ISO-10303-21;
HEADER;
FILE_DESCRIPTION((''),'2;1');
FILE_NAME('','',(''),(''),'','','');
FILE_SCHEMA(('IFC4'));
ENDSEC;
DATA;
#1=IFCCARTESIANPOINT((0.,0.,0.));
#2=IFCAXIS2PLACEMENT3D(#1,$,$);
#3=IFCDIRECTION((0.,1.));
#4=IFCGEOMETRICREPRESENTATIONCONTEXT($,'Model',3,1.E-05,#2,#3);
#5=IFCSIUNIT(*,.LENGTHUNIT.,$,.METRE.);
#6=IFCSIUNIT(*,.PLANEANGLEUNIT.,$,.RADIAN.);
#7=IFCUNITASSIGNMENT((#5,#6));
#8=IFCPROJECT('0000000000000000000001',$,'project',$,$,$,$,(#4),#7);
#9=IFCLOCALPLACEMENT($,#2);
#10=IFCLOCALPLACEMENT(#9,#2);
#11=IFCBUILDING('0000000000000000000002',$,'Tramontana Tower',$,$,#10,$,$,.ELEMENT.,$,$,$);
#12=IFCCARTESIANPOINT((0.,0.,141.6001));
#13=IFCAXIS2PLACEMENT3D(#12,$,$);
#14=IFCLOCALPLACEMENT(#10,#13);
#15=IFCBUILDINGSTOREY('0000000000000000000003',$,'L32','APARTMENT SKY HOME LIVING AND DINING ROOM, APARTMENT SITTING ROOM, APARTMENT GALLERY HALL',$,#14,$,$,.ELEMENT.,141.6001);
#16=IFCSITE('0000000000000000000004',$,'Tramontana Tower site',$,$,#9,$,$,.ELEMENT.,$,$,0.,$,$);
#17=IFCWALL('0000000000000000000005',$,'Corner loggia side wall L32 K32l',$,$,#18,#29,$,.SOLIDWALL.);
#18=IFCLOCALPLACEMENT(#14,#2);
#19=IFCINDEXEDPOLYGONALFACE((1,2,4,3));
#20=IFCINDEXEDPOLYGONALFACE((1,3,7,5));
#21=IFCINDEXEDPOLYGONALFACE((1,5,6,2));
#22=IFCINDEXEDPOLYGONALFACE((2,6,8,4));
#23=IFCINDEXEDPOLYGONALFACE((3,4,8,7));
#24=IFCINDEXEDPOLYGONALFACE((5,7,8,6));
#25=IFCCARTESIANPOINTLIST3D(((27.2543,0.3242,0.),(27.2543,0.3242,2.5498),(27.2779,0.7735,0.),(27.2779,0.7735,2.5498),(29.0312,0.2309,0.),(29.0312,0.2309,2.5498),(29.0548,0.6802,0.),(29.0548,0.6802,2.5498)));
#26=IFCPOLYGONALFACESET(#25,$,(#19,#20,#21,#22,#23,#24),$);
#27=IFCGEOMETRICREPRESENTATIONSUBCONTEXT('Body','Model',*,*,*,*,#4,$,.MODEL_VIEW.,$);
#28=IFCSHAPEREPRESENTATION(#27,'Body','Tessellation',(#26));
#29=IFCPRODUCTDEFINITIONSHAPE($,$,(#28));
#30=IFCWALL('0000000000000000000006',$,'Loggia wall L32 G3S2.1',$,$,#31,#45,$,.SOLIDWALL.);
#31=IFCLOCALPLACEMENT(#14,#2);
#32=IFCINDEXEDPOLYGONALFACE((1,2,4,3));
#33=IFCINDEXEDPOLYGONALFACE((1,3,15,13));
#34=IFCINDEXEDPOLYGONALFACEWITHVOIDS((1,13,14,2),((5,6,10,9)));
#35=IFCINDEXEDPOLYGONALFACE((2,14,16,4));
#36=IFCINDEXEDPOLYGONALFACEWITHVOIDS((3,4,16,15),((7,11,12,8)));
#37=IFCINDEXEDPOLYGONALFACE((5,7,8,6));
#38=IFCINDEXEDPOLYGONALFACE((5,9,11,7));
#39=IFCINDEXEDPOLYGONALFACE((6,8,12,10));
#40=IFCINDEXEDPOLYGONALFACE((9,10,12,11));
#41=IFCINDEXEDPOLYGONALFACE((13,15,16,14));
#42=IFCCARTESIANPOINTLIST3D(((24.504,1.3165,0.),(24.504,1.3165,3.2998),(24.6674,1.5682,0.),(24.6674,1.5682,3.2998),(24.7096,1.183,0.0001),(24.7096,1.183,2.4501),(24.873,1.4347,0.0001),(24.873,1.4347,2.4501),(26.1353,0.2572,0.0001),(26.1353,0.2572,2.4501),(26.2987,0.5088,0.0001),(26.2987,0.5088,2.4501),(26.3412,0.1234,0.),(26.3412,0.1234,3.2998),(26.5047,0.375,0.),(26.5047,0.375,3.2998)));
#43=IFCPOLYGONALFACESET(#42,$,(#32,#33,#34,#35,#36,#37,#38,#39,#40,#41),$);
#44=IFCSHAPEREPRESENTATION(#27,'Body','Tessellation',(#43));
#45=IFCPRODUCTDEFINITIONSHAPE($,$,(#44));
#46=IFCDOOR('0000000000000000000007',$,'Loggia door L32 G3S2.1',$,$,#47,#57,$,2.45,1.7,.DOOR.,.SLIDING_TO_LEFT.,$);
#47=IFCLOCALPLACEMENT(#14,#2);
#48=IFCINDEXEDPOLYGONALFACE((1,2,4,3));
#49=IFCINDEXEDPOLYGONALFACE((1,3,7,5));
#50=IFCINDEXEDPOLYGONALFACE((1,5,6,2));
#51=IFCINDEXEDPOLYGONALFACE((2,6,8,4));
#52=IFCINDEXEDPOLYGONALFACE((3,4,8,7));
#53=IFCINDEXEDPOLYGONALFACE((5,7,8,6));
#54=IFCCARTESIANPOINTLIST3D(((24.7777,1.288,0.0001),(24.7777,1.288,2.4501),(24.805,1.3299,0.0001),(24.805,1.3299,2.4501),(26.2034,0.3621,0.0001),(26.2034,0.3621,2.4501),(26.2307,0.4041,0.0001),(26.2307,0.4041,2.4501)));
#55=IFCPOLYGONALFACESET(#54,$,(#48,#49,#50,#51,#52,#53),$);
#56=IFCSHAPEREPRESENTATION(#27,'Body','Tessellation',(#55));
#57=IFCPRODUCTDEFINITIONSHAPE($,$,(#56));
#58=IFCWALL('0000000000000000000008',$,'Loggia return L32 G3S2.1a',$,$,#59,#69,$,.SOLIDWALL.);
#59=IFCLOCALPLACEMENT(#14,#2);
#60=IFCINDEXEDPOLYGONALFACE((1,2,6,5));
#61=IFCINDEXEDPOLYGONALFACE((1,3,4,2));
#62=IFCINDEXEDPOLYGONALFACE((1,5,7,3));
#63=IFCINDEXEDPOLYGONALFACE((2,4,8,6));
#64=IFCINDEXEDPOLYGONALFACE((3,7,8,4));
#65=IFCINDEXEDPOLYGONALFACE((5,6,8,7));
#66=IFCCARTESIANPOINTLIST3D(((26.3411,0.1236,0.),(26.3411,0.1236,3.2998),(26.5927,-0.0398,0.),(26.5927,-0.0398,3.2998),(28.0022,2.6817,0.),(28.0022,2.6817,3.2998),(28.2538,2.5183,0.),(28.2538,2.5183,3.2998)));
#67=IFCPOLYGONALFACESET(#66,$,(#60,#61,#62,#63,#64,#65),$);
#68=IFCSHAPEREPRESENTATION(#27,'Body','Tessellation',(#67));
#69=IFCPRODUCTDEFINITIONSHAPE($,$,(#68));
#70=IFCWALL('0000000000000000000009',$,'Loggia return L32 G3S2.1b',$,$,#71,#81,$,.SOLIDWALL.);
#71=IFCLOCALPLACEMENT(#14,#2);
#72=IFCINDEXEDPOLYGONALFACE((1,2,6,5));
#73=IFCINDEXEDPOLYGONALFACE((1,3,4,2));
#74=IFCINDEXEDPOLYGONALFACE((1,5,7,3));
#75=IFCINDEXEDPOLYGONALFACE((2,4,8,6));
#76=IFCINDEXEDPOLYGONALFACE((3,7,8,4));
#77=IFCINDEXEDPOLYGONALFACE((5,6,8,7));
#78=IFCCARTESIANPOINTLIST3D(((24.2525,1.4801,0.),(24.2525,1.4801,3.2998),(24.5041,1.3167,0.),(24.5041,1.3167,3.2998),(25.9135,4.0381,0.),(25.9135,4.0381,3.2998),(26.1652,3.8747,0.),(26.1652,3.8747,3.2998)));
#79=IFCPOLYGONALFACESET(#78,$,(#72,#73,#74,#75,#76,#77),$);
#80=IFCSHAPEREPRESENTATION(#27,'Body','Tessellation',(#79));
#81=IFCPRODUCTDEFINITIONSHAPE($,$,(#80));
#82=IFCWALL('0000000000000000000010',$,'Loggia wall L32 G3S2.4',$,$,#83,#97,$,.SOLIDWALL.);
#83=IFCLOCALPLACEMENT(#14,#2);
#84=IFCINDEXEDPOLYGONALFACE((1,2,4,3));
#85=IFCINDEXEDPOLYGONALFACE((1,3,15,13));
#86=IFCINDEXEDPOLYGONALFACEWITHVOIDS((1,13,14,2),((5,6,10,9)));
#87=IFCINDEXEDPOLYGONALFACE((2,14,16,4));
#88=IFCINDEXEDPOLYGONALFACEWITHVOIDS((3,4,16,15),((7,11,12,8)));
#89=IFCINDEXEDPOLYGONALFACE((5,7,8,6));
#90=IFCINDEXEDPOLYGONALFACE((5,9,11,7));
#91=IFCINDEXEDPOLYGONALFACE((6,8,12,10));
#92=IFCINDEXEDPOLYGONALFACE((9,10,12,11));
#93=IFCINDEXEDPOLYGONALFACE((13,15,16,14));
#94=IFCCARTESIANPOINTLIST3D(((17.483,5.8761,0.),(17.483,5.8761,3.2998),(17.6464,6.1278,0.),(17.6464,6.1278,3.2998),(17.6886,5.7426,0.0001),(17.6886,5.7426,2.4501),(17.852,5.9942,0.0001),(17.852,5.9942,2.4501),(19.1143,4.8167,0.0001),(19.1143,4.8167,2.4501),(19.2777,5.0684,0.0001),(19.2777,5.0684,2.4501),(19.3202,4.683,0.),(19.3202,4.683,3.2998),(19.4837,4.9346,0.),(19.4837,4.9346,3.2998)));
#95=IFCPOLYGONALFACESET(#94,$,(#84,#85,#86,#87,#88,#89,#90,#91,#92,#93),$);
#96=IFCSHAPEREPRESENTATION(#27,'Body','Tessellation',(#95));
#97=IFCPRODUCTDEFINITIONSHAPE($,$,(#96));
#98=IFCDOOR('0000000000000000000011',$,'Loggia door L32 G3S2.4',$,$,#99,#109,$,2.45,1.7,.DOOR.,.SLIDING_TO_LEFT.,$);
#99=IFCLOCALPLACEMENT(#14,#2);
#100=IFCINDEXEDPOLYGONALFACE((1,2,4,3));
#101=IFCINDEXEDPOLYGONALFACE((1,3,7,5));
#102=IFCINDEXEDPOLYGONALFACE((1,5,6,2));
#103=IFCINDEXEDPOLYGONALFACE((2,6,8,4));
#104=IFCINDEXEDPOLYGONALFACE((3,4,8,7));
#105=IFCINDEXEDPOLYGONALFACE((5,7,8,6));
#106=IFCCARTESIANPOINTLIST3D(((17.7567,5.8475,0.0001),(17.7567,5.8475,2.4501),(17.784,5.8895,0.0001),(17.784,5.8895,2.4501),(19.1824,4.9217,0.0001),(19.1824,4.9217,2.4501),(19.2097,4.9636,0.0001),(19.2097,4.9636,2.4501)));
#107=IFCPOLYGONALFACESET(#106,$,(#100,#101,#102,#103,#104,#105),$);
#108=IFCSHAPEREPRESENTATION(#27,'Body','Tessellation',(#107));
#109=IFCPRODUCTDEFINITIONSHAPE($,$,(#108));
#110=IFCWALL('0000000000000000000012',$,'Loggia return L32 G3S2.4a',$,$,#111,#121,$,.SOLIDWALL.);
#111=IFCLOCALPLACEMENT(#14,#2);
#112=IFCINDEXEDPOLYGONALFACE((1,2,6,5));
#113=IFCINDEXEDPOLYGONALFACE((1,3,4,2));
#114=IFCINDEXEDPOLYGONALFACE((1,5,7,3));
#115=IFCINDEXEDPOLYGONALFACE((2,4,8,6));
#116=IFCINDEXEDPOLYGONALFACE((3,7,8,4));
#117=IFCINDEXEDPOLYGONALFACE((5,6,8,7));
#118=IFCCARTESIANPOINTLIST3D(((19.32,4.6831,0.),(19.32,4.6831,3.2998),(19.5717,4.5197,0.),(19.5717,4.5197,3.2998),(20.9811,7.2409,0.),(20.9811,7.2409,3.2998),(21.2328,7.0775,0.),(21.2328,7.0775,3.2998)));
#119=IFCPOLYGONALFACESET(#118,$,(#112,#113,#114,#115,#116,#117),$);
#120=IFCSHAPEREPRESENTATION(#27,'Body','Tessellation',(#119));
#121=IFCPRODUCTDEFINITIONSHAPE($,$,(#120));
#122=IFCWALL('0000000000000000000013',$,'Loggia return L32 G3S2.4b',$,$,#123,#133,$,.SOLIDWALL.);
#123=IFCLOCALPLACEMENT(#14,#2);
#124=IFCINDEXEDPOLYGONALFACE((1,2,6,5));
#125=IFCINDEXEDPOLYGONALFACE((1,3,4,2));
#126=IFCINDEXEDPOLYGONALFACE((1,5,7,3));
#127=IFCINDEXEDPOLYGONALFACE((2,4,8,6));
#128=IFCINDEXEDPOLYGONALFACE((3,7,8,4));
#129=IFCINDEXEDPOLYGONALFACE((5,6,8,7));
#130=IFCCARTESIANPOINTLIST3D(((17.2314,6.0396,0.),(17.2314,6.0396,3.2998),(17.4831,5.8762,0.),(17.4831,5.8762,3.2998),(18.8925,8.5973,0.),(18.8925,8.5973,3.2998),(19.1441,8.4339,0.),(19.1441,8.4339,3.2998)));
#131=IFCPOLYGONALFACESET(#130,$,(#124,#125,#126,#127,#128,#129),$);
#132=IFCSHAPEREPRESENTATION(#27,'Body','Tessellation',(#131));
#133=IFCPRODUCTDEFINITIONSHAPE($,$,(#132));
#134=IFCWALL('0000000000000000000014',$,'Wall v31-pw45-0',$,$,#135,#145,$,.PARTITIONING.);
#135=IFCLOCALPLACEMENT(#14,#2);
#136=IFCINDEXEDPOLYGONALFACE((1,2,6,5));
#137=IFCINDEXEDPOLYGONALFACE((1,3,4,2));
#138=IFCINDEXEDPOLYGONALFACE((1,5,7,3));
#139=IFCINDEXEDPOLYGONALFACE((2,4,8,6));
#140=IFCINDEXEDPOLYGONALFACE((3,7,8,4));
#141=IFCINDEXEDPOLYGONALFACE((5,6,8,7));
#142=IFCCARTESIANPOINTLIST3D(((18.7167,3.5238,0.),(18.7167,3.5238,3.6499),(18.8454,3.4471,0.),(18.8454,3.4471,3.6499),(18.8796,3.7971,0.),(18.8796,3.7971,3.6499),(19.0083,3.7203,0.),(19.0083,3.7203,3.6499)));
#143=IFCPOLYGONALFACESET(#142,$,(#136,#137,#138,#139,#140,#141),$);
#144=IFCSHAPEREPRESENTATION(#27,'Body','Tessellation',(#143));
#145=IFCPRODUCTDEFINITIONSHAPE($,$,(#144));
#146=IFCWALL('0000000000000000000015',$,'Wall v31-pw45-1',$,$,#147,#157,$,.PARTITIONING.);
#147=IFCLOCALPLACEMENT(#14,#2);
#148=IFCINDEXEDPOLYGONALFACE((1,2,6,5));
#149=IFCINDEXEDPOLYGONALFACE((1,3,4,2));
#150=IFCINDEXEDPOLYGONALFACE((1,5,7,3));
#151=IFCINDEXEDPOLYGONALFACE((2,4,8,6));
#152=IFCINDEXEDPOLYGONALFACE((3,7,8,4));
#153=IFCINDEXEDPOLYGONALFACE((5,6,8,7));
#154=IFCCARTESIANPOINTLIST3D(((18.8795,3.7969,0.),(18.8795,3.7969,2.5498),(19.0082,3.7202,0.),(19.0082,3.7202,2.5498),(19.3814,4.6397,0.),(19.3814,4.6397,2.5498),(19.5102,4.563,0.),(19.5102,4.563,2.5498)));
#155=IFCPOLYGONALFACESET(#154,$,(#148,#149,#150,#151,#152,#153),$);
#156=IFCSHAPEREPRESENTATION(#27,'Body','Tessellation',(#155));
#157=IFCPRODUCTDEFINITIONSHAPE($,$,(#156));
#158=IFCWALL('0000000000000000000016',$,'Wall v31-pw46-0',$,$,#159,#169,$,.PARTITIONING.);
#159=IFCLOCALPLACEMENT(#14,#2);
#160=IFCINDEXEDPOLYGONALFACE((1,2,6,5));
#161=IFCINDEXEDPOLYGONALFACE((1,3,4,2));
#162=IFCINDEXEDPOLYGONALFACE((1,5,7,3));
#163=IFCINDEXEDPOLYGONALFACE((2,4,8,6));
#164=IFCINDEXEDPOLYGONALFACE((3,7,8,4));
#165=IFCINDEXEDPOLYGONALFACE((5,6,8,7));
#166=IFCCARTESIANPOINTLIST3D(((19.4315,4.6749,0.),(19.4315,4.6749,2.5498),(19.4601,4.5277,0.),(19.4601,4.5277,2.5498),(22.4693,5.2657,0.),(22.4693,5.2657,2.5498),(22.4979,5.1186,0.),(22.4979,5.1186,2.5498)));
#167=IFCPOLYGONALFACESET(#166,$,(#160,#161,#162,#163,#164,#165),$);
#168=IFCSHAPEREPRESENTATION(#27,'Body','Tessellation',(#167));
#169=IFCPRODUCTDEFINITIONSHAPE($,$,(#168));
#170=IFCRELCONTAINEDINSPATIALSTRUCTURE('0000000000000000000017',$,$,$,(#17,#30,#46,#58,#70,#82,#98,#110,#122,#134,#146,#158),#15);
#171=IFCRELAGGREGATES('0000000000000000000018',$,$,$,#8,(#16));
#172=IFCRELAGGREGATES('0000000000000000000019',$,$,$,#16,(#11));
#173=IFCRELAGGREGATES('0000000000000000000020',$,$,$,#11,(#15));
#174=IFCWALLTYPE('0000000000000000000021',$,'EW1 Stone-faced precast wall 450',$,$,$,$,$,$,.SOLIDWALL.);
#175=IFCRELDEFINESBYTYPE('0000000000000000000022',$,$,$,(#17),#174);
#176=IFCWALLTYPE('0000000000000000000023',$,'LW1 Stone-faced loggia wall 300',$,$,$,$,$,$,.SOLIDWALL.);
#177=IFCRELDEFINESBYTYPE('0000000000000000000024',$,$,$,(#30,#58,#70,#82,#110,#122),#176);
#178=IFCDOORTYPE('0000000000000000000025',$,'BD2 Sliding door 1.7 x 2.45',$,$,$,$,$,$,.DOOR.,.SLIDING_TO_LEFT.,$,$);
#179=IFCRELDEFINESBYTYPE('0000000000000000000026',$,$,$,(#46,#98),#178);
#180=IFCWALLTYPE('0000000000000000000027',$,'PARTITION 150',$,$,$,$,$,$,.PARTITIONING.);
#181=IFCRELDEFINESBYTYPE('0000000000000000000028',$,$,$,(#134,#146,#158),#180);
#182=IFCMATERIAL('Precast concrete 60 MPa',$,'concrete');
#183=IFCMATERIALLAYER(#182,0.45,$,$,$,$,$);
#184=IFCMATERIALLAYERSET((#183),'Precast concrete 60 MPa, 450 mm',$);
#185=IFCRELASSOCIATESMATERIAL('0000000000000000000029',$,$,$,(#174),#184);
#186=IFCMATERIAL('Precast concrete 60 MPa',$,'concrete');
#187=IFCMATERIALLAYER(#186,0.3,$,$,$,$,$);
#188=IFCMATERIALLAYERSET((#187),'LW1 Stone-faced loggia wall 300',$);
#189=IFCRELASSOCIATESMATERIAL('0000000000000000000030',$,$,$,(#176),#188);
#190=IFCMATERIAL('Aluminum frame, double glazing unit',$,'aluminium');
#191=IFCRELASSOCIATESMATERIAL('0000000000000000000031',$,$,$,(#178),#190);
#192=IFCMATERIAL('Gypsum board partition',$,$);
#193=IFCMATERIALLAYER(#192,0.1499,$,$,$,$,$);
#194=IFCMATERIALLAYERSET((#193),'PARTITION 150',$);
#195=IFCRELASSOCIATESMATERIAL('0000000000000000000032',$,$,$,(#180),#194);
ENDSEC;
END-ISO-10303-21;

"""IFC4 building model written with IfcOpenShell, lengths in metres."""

from ifc_helpers import new_model, si_unit, direction, frame, frame_2d, origin, place, context, subcontext, project, spatial, rectangle, extrude, material, layer, layer_set, type_object, element, fill, save


model = new_model("IFC4")

# Units and contexts
model_context = context("Model", 3, precision=1e-05, world=origin(), true_north=direction((0.0, 1.0)))
body_context = subcontext(model_context, "Body", "Model", "MODEL_VIEW")
ifc_project = project(units=[si_unit("LENGTHUNIT", "METRE"), si_unit("PLANEANGLEUNIT", "RADIAN")], contexts=[model_context])

# Site, building, storey
site_placement = place(None, origin())
site = spatial("IfcSite", under=ifc_project, at=site_placement, Name="Tramontana Tower site", CompositionType="ELEMENT", RefElevation=0.0)
building_placement = place(site_placement, origin())
building = spatial("IfcBuilding", under=site, at=building_placement, Name="Tramontana Tower", CompositionType="ELEMENT")
storey_placement = place(building_placement, frame((0.0, 0.0, 141.6001)))
storey = spatial("IfcBuildingStorey", under=building, at=storey_placement, Name="L32", Description="APARTMENT SKY HOME LIVING AND DINING ROOM, APARTMENT SITTING ROOM, APARTMENT GALLERY HALL", CompositionType="ELEMENT", Elevation=141.6001)

# Shared definitions
ifc_material_1 = material(Name="Precast concrete 60 MPa", Category="concrete")
ifc_layer_1 = layer(ifc_material_1, 0.45)
ifc_layer_set_1 = layer_set([ifc_layer_1], Name="Precast concrete 60 MPa, 450 mm")
wall_type_1 = type_object("IfcWallType", Name="EW1 Stone-faced precast wall 450", PredefinedType="SOLIDWALL", material=ifc_layer_set_1)

# Wall
wall_1_placement = place(storey_placement, frame((29.043, 0.4556, 0.0), z_axis=(0.0, 0.0, 1.0), x_axis=(-0.998625, 0.052415, 0.0)))
element("IfcWall", 1, at=wall_1_placement, inside=storey, type_object=wall_type_1, Name="Corner loggia side wall L32 K32l", PredefinedType="SOLIDWALL", context=body_context, shape_type="SweptSolid", body=[
    extrude(rectangle(XDim=1.7793, YDim=0.45, at=frame_2d((0.8896, 0.0))), origin(), (0.0, 0.0, 1.0), 2.5498),
])

# Wall, opening, door
ifc_material_2 = material(Name="Precast concrete 60 MPa", Category="concrete")
ifc_layer_2 = layer(ifc_material_2, 0.3)
ifc_layer_set_2 = layer_set([ifc_layer_2], Name="LW1 Stone-faced loggia wall 300")
wall_type_2 = type_object("IfcWallType", Name="LW1 Stone-faced loggia wall 300", PredefinedType="SOLIDWALL", material=ifc_layer_set_2)
wall_2_placement = place(storey_placement, frame((26.4229, 0.2493, 0.0), z_axis=(0.0, 0.0, 1.0), x_axis=(-0.83866, 0.544655, 0.0)))
wall_2 = element("IfcWall", 2, at=wall_2_placement, inside=storey, type_object=wall_type_2, Name="Loggia wall L32 G3S2.1", PredefinedType="SOLIDWALL", context=body_context, shape_type="SweptSolid", body=[
    extrude(rectangle(XDim=2.1907, YDim=0.3, at=frame_2d((1.0952, 0.0))), origin(), (0.0, 0.0, 1.0), 3.2998),
])
opening_1_placement = place(wall_2_placement, frame((0.2454, 0.0, 0.0)))
opening_1 = element("IfcOpeningElement", 3, at=opening_1_placement, cuts=wall_2, PredefinedType="OPENING", context=body_context, shape_type="SweptSolid", body=[
    extrude(rectangle(XDim=1.7, YDim=2.45, at=frame_2d((0.8501, 1.2251))), frame((0.0, 0.1599, 0.0), z_axis=(0.0, -1.0, 0.0), x_axis=(1.0, 0.0, 0.0)), (0.0, 0.0, 1.0), 0.3201),
])
ifc_material_3 = material(Name="Aluminum frame, double glazing unit", Category="aluminium")
door_type_1 = type_object("IfcDoorType", Name="BD2 Sliding door 1.7 x 2.45", OperationType="SLIDING_TO_LEFT", PredefinedType="DOOR", material=ifc_material_3)
door_1_placement = place(opening_1_placement, origin())
door_1 = element("IfcDoor", 4, at=door_1_placement, inside=storey, type_object=door_type_1, Name="Loggia door L32 G3S2.1", OperationType="SLIDING_TO_LEFT", OverallHeight=2.45, OverallWidth=1.7, PredefinedType="DOOR", context=body_context, shape_type="SweptSolid", body=[
    extrude(rectangle(XDim=1.7, YDim=2.45, at=frame_2d((0.8501, 1.2251))), frame((0.0, 0.0249, 0.0), z_axis=(0.0, -1.0, 0.0), x_axis=(1.0, 0.0, 0.0)), (0.0, 0.0, 1.0), 0.05),
])
fill(opening_1, door_1)

# Walls
for number, where, z_axis, x_axis, name in (
    (5, (28.1279, 2.5999, 0.0), (0.0, 0.0, 1.0), (-0.544611, -0.838689, 0.0), "Loggia return L32 G3S2.1a"),
    (6, (26.0393, 3.9563, 0.0), (0.0, 0.0, 1.0), (-0.544611, -0.838689, 0.0), "Loggia return L32 G3S2.1b"),
):
    element("IfcWall", number, at=place(storey_placement, frame(where, z_axis=z_axis, x_axis=x_axis)), inside=storey, type_object=wall_type_2, Name=name, PredefinedType="SOLIDWALL", context=body_context, shape_type="SweptSolid", body=[
        extrude(rectangle(XDim=3.05, YDim=0.3, at=frame_2d((1.5249, 0.0))), origin(), (0.0, 0.0, 1.0), 3.2998),
    ])

# Wall, opening, door
wall_3_placement = place(storey_placement, frame((19.4019, 4.8088, 0.0), z_axis=(0.0, 0.0, 1.0), x_axis=(-0.83866, 0.544655, 0.0)))
wall_3 = element("IfcWall", 7, at=wall_3_placement, inside=storey, type_object=wall_type_2, Name="Loggia wall L32 G3S2.4", PredefinedType="SOLIDWALL", context=body_context, shape_type="SweptSolid", body=[
    extrude(rectangle(XDim=2.1907, YDim=0.3, at=frame_2d((1.0952, 0.0))), origin(), (0.0, 0.0, 1.0), 3.2998),
])
opening_2_placement = place(wall_3_placement, frame((0.2454, 0.0, 0.0)))
opening_2 = element("IfcOpeningElement", 8, at=opening_2_placement, cuts=wall_3, PredefinedType="OPENING", context=body_context, shape_type="SweptSolid", body=[
    extrude(rectangle(XDim=1.7, YDim=2.45, at=frame_2d((0.8501, 1.2251))), frame((0.0, 0.1599, 0.0), z_axis=(0.0, -1.0, 0.0), x_axis=(1.0, 0.0, 0.0)), (0.0, 0.0, 1.0), 0.3201),
])
door_2_placement = place(opening_2_placement, origin())
door_2 = element("IfcDoor", 9, at=door_2_placement, inside=storey, type_object=door_type_1, Name="Loggia door L32 G3S2.4", OperationType="SLIDING_TO_LEFT", OverallHeight=2.45, OverallWidth=1.7, PredefinedType="DOOR", context=body_context, shape_type="SweptSolid", body=[
    extrude(rectangle(XDim=1.7, YDim=2.45, at=frame_2d((0.8501, 1.2251))), frame((0.0, 0.0249, 0.0), z_axis=(0.0, -1.0, 0.0), x_axis=(1.0, 0.0, 0.0)), (0.0, 0.0, 1.0), 0.05),
])
fill(opening_2, door_2)

# Walls
for number, where, z_axis, x_axis, name in (
    (10, (21.1069, 7.1592, 0.0), (0.0, 0.0, 1.0), (-0.544648, -0.838665, 0.0), "Loggia return L32 G3S2.4a"),
    (11, (19.0183, 8.5156, 0.0), (0.0, 0.0, 1.0), (-0.544648, -0.838665, 0.0), "Loggia return L32 G3S2.4b"),
):
    element("IfcWall", number, at=place(storey_placement, frame(where, z_axis=z_axis, x_axis=x_axis)), inside=storey, type_object=wall_type_2, Name=name, PredefinedType="SOLIDWALL", context=body_context, shape_type="SweptSolid", body=[
        extrude(rectangle(XDim=3.0498, YDim=0.3, at=frame_2d((1.5249, 0.0))), origin(), (0.0, 0.0, 1.0), 3.2998),
    ])
ifc_material_4 = material(Name="Gypsum board partition")
ifc_layer_3 = layer(ifc_material_4, 0.1499)
ifc_layer_set_3 = layer_set([ifc_layer_3], Name="PARTITION 150")
wall_type_3 = type_object("IfcWallType", Name="PARTITION 150", PredefinedType="PARTITIONING", material=ifc_layer_set_3)
wall_4_placement = place(storey_placement, frame((18.781, 3.4854, 0.0), z_axis=(0.0, 0.0, 1.0), x_axis=(0.51201, 0.858979, 0.0)))
element("IfcWall", 12, at=wall_4_placement, inside=storey, type_object=wall_type_3, Name="Wall v31-pw45-0", PredefinedType="PARTITIONING", context=body_context, shape_type="SweptSolid", body=[
    extrude(rectangle(XDim=0.3181, YDim=0.1499, at=frame_2d((0.1592, 0.0))), origin(), (0.0, 0.0, 1.0), 3.6499),
])
wall_5_placement = place(storey_placement, frame((18.9438, 3.7585, 0.0), z_axis=(0.0, 0.0, 1.0), x_axis=(0.511711, 0.859157, 0.0)))
element("IfcWall", 13, at=wall_5_placement, inside=storey, type_object=wall_type_3, Name="Wall v31-pw45-1", PredefinedType="PARTITIONING", context=body_context, shape_type="SweptSolid", body=[
    extrude(rectangle(XDim=0.981, YDim=0.1499, at=frame_2d((0.4905, 0.0))), origin(), (0.0, 0.0, 1.0), 2.5498),
])
wall_6_placement = place(storey_placement, frame((19.4458, 4.6013, 0.0), z_axis=(0.0, 0.0, 1.0), x_axis=(0.981608, 0.19091, 0.0)))
element("IfcWall", 14, at=wall_6_placement, inside=storey, type_object=wall_type_3, Name="Wall v31-pw46-0", PredefinedType="PARTITIONING", context=body_context, shape_type="SweptSolid", body=[
    extrude(rectangle(XDim=3.0947, YDim=0.1499, at=frame_2d((1.5474, 0.0))), origin(), (0.0, 0.0, 1.0), 2.5498),
])

save(model, "model.ifc")
